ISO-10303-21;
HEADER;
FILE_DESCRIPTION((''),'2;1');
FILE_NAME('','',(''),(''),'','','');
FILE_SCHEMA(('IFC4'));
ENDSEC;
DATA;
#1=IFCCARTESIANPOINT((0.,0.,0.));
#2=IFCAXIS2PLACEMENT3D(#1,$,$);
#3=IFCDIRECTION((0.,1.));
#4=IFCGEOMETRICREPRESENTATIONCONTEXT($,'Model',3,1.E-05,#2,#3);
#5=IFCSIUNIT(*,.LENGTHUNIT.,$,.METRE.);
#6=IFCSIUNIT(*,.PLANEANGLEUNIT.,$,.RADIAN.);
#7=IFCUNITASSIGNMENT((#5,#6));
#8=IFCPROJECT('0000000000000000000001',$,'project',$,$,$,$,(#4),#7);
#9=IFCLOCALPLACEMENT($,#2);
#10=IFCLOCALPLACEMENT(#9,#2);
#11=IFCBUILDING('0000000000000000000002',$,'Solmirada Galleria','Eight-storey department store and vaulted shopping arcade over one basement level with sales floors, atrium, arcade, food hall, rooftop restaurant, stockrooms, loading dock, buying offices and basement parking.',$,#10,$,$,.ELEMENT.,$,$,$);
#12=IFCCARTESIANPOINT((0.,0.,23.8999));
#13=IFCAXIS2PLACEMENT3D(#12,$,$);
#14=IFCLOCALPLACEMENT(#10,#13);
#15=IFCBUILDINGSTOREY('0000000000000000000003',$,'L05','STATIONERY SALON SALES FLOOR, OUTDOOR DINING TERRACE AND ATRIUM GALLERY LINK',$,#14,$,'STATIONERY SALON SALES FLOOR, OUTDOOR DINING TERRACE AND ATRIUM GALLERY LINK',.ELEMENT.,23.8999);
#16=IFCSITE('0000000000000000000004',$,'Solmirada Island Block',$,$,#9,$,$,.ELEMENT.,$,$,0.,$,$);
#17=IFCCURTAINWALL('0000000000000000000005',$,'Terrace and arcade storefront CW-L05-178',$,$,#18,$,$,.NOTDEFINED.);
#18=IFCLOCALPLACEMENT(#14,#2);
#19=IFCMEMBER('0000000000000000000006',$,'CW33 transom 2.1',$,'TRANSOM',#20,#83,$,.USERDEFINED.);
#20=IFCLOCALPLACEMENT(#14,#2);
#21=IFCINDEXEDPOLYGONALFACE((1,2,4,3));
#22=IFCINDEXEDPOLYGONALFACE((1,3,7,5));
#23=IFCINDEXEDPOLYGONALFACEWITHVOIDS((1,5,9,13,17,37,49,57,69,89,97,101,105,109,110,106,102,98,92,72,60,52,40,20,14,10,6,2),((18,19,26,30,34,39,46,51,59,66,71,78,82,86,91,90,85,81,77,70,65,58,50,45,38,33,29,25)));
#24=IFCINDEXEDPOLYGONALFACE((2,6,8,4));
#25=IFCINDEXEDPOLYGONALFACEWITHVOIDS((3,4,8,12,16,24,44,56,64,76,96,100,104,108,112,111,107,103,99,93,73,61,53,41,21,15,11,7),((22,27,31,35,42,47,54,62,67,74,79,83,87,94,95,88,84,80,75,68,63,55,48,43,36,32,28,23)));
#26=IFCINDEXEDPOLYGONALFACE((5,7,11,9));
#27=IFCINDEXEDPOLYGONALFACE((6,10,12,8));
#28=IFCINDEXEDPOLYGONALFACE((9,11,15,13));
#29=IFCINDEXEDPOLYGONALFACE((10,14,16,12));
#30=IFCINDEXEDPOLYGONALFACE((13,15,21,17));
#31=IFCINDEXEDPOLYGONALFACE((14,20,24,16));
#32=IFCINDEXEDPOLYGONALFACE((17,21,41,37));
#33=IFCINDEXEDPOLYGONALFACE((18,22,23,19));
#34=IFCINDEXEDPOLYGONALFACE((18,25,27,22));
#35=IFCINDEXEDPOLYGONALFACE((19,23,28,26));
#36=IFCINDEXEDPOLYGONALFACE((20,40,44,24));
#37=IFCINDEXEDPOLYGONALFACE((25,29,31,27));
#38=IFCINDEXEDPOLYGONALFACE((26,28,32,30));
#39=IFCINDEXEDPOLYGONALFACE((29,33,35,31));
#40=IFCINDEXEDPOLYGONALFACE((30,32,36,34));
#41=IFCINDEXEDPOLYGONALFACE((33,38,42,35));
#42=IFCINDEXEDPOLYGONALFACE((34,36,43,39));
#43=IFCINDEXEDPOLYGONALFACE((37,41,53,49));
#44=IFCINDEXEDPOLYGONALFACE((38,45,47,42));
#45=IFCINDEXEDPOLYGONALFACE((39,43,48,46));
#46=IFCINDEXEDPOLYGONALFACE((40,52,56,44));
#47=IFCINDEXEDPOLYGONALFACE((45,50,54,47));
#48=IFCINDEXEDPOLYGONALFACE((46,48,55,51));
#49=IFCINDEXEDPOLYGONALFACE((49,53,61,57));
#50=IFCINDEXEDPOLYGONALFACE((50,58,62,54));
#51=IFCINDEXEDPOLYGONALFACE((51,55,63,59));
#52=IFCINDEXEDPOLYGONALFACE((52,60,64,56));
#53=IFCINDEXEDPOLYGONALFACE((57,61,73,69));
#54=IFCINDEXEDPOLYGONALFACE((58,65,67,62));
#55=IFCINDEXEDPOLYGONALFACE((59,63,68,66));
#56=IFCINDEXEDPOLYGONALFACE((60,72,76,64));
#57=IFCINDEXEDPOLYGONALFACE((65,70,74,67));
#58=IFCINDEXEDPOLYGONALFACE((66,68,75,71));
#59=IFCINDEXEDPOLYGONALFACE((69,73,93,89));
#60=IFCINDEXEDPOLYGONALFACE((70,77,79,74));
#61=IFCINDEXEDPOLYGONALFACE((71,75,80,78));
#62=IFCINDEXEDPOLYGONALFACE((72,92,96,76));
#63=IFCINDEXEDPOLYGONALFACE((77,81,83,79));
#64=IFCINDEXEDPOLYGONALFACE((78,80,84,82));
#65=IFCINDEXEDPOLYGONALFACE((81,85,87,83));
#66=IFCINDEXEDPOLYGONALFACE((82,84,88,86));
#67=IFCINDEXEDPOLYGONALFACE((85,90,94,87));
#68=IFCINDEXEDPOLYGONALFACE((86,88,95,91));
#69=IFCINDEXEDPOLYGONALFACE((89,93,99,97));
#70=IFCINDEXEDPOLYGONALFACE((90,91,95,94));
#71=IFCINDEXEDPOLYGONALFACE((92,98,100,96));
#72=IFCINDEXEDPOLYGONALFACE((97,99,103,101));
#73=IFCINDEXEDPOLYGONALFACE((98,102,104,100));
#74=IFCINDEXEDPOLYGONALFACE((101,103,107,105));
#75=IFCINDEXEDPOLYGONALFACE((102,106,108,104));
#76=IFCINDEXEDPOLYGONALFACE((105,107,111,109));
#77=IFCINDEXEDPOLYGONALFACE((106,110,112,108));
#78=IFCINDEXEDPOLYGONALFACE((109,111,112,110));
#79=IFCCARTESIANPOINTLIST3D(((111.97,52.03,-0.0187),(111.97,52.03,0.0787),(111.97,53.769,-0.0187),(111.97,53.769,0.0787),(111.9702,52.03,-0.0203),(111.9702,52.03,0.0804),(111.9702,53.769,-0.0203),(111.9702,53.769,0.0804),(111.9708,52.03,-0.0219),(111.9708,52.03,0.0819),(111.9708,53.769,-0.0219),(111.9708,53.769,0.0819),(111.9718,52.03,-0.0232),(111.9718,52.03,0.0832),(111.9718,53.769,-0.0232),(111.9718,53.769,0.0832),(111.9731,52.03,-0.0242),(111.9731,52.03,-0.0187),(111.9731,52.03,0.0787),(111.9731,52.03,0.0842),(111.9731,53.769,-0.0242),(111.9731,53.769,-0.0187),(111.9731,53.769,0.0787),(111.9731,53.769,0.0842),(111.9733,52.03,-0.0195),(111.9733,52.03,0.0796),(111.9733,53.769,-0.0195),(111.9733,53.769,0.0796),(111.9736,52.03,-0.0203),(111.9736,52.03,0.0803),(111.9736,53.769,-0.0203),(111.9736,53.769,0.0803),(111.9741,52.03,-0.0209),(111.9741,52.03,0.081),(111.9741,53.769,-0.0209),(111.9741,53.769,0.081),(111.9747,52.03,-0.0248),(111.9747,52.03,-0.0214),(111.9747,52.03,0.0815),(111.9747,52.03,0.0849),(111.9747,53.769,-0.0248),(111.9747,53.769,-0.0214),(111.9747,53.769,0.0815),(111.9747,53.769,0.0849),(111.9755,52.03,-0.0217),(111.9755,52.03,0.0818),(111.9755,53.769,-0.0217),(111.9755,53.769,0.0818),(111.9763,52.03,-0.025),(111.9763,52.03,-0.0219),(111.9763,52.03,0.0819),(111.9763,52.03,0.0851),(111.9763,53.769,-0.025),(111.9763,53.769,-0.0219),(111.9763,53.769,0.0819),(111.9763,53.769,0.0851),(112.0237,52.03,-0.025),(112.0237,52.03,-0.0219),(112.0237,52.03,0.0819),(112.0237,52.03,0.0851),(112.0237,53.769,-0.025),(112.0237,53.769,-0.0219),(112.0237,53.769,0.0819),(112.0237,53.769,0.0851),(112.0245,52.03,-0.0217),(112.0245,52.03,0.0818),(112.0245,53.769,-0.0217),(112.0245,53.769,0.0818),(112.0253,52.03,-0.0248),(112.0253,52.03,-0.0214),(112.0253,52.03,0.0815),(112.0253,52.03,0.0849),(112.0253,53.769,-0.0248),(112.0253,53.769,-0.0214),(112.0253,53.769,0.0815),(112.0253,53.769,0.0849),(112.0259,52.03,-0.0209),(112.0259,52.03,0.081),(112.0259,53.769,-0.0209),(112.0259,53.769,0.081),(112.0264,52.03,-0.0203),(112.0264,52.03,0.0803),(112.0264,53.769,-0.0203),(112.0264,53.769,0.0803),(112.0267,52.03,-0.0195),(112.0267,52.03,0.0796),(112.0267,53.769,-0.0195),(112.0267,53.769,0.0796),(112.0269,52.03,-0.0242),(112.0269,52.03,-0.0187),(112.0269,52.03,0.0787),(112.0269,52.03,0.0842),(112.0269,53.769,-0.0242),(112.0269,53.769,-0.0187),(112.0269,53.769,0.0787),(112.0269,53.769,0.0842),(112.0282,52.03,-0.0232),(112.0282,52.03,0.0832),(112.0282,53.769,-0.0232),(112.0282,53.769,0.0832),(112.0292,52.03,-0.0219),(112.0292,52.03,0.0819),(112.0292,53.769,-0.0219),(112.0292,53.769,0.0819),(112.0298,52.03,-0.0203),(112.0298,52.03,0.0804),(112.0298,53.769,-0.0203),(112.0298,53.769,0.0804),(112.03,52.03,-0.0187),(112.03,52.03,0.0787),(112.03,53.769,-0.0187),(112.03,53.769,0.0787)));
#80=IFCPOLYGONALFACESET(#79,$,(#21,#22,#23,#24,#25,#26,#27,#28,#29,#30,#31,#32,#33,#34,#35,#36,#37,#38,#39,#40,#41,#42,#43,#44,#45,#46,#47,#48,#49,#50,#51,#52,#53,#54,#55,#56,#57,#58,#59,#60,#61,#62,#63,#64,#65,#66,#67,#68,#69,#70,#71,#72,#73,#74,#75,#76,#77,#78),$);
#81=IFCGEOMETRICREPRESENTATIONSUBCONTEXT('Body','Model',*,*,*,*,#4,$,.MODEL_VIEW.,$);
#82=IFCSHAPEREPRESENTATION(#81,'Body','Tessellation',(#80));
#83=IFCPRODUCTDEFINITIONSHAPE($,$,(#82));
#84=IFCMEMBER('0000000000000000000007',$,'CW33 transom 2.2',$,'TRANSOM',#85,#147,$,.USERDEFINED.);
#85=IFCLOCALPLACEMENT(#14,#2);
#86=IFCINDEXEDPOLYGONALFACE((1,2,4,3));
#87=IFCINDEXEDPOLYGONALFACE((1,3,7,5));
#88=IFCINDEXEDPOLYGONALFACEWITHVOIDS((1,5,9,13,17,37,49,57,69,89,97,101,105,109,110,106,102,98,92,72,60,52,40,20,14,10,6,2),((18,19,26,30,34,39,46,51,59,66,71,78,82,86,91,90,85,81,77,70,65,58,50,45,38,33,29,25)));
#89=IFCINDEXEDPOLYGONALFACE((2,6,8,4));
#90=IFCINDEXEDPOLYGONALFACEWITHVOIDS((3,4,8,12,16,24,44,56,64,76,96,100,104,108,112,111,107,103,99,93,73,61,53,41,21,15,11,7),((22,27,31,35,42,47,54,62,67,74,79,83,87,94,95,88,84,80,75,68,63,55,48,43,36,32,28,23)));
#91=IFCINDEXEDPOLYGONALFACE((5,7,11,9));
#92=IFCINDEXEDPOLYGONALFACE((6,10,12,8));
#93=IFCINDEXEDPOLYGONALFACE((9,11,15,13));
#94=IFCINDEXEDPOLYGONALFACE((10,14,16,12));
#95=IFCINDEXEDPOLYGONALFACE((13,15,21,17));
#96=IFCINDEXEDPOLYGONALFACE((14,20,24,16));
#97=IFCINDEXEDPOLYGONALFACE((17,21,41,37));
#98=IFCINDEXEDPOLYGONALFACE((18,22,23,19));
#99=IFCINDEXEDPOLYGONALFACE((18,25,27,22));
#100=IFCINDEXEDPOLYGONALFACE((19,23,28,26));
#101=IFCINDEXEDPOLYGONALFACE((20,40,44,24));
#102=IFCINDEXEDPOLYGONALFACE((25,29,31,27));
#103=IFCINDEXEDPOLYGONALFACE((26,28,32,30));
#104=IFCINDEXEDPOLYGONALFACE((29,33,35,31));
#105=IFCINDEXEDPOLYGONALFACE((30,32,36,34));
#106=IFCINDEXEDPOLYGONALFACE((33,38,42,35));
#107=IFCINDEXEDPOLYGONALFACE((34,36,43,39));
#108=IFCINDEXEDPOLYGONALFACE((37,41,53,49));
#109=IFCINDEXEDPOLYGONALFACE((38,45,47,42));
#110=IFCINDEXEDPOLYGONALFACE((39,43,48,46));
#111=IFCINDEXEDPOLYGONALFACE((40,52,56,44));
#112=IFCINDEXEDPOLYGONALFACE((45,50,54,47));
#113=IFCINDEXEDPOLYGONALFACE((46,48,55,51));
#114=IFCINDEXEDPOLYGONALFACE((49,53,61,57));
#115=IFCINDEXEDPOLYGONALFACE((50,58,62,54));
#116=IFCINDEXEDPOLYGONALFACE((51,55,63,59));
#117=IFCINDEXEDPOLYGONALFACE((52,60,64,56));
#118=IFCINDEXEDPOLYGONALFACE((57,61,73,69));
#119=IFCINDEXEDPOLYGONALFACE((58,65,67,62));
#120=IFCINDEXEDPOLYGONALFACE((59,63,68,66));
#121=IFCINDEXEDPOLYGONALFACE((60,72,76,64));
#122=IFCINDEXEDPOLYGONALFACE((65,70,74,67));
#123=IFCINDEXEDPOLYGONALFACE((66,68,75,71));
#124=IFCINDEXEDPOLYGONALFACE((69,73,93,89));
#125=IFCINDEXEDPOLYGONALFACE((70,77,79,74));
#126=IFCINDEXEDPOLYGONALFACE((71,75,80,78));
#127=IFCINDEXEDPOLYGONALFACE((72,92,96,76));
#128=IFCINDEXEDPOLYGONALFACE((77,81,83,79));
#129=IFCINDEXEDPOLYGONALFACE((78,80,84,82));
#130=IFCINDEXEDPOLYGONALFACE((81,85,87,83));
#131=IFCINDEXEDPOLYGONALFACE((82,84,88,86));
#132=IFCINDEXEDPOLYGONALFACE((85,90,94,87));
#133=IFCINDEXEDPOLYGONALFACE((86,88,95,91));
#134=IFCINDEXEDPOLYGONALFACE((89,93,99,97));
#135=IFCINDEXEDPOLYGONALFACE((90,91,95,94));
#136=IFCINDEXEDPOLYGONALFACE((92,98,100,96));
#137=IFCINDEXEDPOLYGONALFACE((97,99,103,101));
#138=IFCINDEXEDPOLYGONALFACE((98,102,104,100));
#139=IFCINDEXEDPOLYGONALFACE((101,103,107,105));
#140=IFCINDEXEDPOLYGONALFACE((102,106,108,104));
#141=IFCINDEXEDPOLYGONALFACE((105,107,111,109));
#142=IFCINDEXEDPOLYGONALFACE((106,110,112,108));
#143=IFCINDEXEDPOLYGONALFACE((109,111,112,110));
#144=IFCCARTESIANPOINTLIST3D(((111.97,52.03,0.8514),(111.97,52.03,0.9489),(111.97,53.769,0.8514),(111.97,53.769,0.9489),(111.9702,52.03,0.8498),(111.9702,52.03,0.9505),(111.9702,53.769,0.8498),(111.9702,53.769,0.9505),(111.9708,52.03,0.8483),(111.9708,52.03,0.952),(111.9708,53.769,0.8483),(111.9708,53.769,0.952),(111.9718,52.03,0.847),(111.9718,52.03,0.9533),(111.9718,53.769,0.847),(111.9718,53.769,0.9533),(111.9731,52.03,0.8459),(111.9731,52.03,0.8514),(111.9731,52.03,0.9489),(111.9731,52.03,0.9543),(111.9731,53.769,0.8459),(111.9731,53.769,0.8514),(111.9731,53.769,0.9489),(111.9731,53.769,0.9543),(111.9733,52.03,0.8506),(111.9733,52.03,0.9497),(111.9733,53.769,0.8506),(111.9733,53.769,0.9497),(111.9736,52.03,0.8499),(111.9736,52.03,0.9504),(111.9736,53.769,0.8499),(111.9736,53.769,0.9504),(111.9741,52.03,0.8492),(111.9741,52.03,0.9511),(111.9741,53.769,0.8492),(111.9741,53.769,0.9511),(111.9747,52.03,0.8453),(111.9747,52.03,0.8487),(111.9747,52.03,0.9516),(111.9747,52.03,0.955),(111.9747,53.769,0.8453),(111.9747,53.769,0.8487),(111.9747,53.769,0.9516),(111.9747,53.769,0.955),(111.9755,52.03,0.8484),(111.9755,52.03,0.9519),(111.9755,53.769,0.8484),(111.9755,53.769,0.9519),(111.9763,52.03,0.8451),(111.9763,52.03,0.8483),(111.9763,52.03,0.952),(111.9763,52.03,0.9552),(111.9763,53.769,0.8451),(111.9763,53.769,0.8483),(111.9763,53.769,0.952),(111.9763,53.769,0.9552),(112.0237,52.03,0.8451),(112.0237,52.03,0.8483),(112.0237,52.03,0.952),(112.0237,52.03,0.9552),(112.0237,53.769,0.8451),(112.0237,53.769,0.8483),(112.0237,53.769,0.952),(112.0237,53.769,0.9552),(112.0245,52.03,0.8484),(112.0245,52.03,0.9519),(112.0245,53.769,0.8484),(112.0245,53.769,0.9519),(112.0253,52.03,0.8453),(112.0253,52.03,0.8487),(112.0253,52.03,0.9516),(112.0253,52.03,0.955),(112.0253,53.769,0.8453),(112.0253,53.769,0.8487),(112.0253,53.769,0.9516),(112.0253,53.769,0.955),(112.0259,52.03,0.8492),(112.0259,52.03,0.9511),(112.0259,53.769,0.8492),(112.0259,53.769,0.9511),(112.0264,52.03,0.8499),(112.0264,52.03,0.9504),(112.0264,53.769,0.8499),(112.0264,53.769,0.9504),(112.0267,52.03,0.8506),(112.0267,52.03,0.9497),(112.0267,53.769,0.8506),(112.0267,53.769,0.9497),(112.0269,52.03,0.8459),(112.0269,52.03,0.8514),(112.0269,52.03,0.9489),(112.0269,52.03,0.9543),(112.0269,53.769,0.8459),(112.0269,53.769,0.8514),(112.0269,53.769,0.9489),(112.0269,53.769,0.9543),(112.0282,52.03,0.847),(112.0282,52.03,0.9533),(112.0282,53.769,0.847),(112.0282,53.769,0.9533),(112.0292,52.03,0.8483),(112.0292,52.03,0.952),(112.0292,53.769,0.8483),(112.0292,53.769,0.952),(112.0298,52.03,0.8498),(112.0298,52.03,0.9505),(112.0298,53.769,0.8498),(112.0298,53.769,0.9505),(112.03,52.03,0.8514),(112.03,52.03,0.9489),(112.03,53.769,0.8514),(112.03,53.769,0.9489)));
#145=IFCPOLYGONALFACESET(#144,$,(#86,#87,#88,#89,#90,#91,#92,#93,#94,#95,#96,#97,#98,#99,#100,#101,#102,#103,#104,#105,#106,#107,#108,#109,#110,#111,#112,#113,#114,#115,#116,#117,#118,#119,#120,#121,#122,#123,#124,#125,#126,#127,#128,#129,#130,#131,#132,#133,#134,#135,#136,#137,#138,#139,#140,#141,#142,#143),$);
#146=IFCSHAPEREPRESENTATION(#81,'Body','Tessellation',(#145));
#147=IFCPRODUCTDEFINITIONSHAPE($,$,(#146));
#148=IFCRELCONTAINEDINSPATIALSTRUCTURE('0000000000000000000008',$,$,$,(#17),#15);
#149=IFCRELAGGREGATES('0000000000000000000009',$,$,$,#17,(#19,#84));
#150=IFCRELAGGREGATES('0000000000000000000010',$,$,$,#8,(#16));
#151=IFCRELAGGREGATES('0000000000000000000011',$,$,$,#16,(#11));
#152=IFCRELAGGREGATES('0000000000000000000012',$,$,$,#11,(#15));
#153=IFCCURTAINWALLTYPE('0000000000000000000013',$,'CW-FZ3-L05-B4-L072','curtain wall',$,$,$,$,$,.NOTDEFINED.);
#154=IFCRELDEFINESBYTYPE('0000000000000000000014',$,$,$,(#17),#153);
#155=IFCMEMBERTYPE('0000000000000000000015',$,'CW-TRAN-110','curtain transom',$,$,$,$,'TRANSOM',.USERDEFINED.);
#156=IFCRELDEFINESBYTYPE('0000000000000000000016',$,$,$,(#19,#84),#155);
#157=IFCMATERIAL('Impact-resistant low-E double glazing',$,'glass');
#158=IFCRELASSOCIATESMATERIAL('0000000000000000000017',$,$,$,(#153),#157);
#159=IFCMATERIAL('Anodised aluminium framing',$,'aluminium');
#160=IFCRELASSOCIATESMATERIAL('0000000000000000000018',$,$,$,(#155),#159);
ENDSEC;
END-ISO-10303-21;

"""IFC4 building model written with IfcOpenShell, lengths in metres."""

from ifc_helpers import new_model, si_unit, direction, frame, origin, origin_2d, place, context, subcontext, project, spatial, hollow_rectangle, extrude, material, material_profile, profile_set, type_object, element, aggregate, save


model = new_model("IFC4")

# Units and contexts
model_context = context("Model", 3, precision=1e-05, world=origin(), true_north=direction((0.0, 1.0)))
body_context = subcontext(model_context, "Body", "Model", "MODEL_VIEW")
ifc_project = project(units=[si_unit("LENGTHUNIT", "METRE"), si_unit("PLANEANGLEUNIT", "RADIAN")], contexts=[model_context])

# Site, building, storey
site_placement = place(None, origin())
site = spatial("IfcSite", under=ifc_project, at=site_placement, Name="Solmirada Island Block", CompositionType="ELEMENT", RefElevation=0.0)
building_placement = place(site_placement, origin())
building = spatial("IfcBuilding", under=site, at=building_placement, Name="Solmirada Galleria", Description="Eight-storey department store and vaulted shopping arcade over one basement level with sales floors, atrium, arcade, food hall, rooftop restaurant, stockrooms, loading dock, buying offices and basement parking.", CompositionType="ELEMENT")
storey_placement = place(building_placement, frame((0.0, 0.0, 23.8999)))
storey = spatial("IfcBuildingStorey", under=building, at=storey_placement, Name="L05", Description="STATIONERY SALON SALES FLOOR, OUTDOOR DINING TERRACE AND ATRIUM GALLERY LINK", LongName="STATIONERY SALON SALES FLOOR, OUTDOOR DINING TERRACE AND ATRIUM GALLERY LINK", CompositionType="ELEMENT", Elevation=23.8999)

# Curtain wall, members
ifc_material_1 = material(Name="Impact-resistant low-E double glazing", Category="glass")
curtain_wall_type = type_object("IfcCurtainWallType", Name="CW-FZ3-L05-B4-L072", Description="curtain wall", PredefinedType="NOTDEFINED", material=ifc_material_1)
curtain_wall_placement = place(storey_placement, origin())
curtain_wall = element("IfcCurtainWall", 1, at=curtain_wall_placement, inside=storey, type_object=curtain_wall_type, Name="Terrace and arcade storefront CW-L05-178", PredefinedType="NOTDEFINED")
ifc_material_2 = material(Name="Anodised aluminium framing", Category="aluminium")
ifc_material_profile_1 = material_profile(ifc_material_2, hollow_rectangle(XDim=0.0601, YDim=0.1101, WallThickness=0.0032, InnerFilletRadius=0.0032, OuterFilletRadius=0.0063, at=origin_2d()), Name="ALU-TRAN-110X60")
ifc_profile_set_1 = profile_set([ifc_material_profile_1], Name="Anodised aluminium framing")
member_type_1 = type_object("IfcMemberType", Name="CW-TRAN-110", Description="curtain transom", ElementType="TRANSOM", PredefinedType="USERDEFINED", material=ifc_profile_set_1)
member_1_placement = place(storey_placement, frame((112.0, 53.769, 0.03), z_axis=(0.0, -1.0, 0.0), x_axis=(1.0, 0.0, 0.0)))
member_1 = element("IfcMember", 2, at=member_1_placement, type_object=member_type_1, Name="CW33 transom 2.1", ObjectType="TRANSOM", PredefinedType="USERDEFINED", context=body_context, shape_type="SweptSolid", body=[
    extrude(hollow_rectangle(XDim=0.0601, YDim=0.1101, WallThickness=0.0032, InnerFilletRadius=0.0032, OuterFilletRadius=0.0063, at=origin_2d()), origin(), (0.0, 0.0, 1.0), 1.739),
])
member_2_placement = place(storey_placement, frame((112.0, 53.769, 0.9001), z_axis=(0.0, -1.0, 0.0), x_axis=(1.0, 0.0, 0.0)))
member_2 = element("IfcMember", 3, at=member_2_placement, type_object=member_type_1, Name="CW33 transom 2.2", ObjectType="TRANSOM", PredefinedType="USERDEFINED", context=body_context, shape_type="SweptSolid", body=[
    extrude(hollow_rectangle(XDim=0.0601, YDim=0.1101, WallThickness=0.0032, InnerFilletRadius=0.0032, OuterFilletRadius=0.0063, at=origin_2d()), origin(), (0.0, 0.0, 1.0), 1.739),
])
aggregate(curtain_wall, [member_1, member_2])

save(model, "model.ifc")
